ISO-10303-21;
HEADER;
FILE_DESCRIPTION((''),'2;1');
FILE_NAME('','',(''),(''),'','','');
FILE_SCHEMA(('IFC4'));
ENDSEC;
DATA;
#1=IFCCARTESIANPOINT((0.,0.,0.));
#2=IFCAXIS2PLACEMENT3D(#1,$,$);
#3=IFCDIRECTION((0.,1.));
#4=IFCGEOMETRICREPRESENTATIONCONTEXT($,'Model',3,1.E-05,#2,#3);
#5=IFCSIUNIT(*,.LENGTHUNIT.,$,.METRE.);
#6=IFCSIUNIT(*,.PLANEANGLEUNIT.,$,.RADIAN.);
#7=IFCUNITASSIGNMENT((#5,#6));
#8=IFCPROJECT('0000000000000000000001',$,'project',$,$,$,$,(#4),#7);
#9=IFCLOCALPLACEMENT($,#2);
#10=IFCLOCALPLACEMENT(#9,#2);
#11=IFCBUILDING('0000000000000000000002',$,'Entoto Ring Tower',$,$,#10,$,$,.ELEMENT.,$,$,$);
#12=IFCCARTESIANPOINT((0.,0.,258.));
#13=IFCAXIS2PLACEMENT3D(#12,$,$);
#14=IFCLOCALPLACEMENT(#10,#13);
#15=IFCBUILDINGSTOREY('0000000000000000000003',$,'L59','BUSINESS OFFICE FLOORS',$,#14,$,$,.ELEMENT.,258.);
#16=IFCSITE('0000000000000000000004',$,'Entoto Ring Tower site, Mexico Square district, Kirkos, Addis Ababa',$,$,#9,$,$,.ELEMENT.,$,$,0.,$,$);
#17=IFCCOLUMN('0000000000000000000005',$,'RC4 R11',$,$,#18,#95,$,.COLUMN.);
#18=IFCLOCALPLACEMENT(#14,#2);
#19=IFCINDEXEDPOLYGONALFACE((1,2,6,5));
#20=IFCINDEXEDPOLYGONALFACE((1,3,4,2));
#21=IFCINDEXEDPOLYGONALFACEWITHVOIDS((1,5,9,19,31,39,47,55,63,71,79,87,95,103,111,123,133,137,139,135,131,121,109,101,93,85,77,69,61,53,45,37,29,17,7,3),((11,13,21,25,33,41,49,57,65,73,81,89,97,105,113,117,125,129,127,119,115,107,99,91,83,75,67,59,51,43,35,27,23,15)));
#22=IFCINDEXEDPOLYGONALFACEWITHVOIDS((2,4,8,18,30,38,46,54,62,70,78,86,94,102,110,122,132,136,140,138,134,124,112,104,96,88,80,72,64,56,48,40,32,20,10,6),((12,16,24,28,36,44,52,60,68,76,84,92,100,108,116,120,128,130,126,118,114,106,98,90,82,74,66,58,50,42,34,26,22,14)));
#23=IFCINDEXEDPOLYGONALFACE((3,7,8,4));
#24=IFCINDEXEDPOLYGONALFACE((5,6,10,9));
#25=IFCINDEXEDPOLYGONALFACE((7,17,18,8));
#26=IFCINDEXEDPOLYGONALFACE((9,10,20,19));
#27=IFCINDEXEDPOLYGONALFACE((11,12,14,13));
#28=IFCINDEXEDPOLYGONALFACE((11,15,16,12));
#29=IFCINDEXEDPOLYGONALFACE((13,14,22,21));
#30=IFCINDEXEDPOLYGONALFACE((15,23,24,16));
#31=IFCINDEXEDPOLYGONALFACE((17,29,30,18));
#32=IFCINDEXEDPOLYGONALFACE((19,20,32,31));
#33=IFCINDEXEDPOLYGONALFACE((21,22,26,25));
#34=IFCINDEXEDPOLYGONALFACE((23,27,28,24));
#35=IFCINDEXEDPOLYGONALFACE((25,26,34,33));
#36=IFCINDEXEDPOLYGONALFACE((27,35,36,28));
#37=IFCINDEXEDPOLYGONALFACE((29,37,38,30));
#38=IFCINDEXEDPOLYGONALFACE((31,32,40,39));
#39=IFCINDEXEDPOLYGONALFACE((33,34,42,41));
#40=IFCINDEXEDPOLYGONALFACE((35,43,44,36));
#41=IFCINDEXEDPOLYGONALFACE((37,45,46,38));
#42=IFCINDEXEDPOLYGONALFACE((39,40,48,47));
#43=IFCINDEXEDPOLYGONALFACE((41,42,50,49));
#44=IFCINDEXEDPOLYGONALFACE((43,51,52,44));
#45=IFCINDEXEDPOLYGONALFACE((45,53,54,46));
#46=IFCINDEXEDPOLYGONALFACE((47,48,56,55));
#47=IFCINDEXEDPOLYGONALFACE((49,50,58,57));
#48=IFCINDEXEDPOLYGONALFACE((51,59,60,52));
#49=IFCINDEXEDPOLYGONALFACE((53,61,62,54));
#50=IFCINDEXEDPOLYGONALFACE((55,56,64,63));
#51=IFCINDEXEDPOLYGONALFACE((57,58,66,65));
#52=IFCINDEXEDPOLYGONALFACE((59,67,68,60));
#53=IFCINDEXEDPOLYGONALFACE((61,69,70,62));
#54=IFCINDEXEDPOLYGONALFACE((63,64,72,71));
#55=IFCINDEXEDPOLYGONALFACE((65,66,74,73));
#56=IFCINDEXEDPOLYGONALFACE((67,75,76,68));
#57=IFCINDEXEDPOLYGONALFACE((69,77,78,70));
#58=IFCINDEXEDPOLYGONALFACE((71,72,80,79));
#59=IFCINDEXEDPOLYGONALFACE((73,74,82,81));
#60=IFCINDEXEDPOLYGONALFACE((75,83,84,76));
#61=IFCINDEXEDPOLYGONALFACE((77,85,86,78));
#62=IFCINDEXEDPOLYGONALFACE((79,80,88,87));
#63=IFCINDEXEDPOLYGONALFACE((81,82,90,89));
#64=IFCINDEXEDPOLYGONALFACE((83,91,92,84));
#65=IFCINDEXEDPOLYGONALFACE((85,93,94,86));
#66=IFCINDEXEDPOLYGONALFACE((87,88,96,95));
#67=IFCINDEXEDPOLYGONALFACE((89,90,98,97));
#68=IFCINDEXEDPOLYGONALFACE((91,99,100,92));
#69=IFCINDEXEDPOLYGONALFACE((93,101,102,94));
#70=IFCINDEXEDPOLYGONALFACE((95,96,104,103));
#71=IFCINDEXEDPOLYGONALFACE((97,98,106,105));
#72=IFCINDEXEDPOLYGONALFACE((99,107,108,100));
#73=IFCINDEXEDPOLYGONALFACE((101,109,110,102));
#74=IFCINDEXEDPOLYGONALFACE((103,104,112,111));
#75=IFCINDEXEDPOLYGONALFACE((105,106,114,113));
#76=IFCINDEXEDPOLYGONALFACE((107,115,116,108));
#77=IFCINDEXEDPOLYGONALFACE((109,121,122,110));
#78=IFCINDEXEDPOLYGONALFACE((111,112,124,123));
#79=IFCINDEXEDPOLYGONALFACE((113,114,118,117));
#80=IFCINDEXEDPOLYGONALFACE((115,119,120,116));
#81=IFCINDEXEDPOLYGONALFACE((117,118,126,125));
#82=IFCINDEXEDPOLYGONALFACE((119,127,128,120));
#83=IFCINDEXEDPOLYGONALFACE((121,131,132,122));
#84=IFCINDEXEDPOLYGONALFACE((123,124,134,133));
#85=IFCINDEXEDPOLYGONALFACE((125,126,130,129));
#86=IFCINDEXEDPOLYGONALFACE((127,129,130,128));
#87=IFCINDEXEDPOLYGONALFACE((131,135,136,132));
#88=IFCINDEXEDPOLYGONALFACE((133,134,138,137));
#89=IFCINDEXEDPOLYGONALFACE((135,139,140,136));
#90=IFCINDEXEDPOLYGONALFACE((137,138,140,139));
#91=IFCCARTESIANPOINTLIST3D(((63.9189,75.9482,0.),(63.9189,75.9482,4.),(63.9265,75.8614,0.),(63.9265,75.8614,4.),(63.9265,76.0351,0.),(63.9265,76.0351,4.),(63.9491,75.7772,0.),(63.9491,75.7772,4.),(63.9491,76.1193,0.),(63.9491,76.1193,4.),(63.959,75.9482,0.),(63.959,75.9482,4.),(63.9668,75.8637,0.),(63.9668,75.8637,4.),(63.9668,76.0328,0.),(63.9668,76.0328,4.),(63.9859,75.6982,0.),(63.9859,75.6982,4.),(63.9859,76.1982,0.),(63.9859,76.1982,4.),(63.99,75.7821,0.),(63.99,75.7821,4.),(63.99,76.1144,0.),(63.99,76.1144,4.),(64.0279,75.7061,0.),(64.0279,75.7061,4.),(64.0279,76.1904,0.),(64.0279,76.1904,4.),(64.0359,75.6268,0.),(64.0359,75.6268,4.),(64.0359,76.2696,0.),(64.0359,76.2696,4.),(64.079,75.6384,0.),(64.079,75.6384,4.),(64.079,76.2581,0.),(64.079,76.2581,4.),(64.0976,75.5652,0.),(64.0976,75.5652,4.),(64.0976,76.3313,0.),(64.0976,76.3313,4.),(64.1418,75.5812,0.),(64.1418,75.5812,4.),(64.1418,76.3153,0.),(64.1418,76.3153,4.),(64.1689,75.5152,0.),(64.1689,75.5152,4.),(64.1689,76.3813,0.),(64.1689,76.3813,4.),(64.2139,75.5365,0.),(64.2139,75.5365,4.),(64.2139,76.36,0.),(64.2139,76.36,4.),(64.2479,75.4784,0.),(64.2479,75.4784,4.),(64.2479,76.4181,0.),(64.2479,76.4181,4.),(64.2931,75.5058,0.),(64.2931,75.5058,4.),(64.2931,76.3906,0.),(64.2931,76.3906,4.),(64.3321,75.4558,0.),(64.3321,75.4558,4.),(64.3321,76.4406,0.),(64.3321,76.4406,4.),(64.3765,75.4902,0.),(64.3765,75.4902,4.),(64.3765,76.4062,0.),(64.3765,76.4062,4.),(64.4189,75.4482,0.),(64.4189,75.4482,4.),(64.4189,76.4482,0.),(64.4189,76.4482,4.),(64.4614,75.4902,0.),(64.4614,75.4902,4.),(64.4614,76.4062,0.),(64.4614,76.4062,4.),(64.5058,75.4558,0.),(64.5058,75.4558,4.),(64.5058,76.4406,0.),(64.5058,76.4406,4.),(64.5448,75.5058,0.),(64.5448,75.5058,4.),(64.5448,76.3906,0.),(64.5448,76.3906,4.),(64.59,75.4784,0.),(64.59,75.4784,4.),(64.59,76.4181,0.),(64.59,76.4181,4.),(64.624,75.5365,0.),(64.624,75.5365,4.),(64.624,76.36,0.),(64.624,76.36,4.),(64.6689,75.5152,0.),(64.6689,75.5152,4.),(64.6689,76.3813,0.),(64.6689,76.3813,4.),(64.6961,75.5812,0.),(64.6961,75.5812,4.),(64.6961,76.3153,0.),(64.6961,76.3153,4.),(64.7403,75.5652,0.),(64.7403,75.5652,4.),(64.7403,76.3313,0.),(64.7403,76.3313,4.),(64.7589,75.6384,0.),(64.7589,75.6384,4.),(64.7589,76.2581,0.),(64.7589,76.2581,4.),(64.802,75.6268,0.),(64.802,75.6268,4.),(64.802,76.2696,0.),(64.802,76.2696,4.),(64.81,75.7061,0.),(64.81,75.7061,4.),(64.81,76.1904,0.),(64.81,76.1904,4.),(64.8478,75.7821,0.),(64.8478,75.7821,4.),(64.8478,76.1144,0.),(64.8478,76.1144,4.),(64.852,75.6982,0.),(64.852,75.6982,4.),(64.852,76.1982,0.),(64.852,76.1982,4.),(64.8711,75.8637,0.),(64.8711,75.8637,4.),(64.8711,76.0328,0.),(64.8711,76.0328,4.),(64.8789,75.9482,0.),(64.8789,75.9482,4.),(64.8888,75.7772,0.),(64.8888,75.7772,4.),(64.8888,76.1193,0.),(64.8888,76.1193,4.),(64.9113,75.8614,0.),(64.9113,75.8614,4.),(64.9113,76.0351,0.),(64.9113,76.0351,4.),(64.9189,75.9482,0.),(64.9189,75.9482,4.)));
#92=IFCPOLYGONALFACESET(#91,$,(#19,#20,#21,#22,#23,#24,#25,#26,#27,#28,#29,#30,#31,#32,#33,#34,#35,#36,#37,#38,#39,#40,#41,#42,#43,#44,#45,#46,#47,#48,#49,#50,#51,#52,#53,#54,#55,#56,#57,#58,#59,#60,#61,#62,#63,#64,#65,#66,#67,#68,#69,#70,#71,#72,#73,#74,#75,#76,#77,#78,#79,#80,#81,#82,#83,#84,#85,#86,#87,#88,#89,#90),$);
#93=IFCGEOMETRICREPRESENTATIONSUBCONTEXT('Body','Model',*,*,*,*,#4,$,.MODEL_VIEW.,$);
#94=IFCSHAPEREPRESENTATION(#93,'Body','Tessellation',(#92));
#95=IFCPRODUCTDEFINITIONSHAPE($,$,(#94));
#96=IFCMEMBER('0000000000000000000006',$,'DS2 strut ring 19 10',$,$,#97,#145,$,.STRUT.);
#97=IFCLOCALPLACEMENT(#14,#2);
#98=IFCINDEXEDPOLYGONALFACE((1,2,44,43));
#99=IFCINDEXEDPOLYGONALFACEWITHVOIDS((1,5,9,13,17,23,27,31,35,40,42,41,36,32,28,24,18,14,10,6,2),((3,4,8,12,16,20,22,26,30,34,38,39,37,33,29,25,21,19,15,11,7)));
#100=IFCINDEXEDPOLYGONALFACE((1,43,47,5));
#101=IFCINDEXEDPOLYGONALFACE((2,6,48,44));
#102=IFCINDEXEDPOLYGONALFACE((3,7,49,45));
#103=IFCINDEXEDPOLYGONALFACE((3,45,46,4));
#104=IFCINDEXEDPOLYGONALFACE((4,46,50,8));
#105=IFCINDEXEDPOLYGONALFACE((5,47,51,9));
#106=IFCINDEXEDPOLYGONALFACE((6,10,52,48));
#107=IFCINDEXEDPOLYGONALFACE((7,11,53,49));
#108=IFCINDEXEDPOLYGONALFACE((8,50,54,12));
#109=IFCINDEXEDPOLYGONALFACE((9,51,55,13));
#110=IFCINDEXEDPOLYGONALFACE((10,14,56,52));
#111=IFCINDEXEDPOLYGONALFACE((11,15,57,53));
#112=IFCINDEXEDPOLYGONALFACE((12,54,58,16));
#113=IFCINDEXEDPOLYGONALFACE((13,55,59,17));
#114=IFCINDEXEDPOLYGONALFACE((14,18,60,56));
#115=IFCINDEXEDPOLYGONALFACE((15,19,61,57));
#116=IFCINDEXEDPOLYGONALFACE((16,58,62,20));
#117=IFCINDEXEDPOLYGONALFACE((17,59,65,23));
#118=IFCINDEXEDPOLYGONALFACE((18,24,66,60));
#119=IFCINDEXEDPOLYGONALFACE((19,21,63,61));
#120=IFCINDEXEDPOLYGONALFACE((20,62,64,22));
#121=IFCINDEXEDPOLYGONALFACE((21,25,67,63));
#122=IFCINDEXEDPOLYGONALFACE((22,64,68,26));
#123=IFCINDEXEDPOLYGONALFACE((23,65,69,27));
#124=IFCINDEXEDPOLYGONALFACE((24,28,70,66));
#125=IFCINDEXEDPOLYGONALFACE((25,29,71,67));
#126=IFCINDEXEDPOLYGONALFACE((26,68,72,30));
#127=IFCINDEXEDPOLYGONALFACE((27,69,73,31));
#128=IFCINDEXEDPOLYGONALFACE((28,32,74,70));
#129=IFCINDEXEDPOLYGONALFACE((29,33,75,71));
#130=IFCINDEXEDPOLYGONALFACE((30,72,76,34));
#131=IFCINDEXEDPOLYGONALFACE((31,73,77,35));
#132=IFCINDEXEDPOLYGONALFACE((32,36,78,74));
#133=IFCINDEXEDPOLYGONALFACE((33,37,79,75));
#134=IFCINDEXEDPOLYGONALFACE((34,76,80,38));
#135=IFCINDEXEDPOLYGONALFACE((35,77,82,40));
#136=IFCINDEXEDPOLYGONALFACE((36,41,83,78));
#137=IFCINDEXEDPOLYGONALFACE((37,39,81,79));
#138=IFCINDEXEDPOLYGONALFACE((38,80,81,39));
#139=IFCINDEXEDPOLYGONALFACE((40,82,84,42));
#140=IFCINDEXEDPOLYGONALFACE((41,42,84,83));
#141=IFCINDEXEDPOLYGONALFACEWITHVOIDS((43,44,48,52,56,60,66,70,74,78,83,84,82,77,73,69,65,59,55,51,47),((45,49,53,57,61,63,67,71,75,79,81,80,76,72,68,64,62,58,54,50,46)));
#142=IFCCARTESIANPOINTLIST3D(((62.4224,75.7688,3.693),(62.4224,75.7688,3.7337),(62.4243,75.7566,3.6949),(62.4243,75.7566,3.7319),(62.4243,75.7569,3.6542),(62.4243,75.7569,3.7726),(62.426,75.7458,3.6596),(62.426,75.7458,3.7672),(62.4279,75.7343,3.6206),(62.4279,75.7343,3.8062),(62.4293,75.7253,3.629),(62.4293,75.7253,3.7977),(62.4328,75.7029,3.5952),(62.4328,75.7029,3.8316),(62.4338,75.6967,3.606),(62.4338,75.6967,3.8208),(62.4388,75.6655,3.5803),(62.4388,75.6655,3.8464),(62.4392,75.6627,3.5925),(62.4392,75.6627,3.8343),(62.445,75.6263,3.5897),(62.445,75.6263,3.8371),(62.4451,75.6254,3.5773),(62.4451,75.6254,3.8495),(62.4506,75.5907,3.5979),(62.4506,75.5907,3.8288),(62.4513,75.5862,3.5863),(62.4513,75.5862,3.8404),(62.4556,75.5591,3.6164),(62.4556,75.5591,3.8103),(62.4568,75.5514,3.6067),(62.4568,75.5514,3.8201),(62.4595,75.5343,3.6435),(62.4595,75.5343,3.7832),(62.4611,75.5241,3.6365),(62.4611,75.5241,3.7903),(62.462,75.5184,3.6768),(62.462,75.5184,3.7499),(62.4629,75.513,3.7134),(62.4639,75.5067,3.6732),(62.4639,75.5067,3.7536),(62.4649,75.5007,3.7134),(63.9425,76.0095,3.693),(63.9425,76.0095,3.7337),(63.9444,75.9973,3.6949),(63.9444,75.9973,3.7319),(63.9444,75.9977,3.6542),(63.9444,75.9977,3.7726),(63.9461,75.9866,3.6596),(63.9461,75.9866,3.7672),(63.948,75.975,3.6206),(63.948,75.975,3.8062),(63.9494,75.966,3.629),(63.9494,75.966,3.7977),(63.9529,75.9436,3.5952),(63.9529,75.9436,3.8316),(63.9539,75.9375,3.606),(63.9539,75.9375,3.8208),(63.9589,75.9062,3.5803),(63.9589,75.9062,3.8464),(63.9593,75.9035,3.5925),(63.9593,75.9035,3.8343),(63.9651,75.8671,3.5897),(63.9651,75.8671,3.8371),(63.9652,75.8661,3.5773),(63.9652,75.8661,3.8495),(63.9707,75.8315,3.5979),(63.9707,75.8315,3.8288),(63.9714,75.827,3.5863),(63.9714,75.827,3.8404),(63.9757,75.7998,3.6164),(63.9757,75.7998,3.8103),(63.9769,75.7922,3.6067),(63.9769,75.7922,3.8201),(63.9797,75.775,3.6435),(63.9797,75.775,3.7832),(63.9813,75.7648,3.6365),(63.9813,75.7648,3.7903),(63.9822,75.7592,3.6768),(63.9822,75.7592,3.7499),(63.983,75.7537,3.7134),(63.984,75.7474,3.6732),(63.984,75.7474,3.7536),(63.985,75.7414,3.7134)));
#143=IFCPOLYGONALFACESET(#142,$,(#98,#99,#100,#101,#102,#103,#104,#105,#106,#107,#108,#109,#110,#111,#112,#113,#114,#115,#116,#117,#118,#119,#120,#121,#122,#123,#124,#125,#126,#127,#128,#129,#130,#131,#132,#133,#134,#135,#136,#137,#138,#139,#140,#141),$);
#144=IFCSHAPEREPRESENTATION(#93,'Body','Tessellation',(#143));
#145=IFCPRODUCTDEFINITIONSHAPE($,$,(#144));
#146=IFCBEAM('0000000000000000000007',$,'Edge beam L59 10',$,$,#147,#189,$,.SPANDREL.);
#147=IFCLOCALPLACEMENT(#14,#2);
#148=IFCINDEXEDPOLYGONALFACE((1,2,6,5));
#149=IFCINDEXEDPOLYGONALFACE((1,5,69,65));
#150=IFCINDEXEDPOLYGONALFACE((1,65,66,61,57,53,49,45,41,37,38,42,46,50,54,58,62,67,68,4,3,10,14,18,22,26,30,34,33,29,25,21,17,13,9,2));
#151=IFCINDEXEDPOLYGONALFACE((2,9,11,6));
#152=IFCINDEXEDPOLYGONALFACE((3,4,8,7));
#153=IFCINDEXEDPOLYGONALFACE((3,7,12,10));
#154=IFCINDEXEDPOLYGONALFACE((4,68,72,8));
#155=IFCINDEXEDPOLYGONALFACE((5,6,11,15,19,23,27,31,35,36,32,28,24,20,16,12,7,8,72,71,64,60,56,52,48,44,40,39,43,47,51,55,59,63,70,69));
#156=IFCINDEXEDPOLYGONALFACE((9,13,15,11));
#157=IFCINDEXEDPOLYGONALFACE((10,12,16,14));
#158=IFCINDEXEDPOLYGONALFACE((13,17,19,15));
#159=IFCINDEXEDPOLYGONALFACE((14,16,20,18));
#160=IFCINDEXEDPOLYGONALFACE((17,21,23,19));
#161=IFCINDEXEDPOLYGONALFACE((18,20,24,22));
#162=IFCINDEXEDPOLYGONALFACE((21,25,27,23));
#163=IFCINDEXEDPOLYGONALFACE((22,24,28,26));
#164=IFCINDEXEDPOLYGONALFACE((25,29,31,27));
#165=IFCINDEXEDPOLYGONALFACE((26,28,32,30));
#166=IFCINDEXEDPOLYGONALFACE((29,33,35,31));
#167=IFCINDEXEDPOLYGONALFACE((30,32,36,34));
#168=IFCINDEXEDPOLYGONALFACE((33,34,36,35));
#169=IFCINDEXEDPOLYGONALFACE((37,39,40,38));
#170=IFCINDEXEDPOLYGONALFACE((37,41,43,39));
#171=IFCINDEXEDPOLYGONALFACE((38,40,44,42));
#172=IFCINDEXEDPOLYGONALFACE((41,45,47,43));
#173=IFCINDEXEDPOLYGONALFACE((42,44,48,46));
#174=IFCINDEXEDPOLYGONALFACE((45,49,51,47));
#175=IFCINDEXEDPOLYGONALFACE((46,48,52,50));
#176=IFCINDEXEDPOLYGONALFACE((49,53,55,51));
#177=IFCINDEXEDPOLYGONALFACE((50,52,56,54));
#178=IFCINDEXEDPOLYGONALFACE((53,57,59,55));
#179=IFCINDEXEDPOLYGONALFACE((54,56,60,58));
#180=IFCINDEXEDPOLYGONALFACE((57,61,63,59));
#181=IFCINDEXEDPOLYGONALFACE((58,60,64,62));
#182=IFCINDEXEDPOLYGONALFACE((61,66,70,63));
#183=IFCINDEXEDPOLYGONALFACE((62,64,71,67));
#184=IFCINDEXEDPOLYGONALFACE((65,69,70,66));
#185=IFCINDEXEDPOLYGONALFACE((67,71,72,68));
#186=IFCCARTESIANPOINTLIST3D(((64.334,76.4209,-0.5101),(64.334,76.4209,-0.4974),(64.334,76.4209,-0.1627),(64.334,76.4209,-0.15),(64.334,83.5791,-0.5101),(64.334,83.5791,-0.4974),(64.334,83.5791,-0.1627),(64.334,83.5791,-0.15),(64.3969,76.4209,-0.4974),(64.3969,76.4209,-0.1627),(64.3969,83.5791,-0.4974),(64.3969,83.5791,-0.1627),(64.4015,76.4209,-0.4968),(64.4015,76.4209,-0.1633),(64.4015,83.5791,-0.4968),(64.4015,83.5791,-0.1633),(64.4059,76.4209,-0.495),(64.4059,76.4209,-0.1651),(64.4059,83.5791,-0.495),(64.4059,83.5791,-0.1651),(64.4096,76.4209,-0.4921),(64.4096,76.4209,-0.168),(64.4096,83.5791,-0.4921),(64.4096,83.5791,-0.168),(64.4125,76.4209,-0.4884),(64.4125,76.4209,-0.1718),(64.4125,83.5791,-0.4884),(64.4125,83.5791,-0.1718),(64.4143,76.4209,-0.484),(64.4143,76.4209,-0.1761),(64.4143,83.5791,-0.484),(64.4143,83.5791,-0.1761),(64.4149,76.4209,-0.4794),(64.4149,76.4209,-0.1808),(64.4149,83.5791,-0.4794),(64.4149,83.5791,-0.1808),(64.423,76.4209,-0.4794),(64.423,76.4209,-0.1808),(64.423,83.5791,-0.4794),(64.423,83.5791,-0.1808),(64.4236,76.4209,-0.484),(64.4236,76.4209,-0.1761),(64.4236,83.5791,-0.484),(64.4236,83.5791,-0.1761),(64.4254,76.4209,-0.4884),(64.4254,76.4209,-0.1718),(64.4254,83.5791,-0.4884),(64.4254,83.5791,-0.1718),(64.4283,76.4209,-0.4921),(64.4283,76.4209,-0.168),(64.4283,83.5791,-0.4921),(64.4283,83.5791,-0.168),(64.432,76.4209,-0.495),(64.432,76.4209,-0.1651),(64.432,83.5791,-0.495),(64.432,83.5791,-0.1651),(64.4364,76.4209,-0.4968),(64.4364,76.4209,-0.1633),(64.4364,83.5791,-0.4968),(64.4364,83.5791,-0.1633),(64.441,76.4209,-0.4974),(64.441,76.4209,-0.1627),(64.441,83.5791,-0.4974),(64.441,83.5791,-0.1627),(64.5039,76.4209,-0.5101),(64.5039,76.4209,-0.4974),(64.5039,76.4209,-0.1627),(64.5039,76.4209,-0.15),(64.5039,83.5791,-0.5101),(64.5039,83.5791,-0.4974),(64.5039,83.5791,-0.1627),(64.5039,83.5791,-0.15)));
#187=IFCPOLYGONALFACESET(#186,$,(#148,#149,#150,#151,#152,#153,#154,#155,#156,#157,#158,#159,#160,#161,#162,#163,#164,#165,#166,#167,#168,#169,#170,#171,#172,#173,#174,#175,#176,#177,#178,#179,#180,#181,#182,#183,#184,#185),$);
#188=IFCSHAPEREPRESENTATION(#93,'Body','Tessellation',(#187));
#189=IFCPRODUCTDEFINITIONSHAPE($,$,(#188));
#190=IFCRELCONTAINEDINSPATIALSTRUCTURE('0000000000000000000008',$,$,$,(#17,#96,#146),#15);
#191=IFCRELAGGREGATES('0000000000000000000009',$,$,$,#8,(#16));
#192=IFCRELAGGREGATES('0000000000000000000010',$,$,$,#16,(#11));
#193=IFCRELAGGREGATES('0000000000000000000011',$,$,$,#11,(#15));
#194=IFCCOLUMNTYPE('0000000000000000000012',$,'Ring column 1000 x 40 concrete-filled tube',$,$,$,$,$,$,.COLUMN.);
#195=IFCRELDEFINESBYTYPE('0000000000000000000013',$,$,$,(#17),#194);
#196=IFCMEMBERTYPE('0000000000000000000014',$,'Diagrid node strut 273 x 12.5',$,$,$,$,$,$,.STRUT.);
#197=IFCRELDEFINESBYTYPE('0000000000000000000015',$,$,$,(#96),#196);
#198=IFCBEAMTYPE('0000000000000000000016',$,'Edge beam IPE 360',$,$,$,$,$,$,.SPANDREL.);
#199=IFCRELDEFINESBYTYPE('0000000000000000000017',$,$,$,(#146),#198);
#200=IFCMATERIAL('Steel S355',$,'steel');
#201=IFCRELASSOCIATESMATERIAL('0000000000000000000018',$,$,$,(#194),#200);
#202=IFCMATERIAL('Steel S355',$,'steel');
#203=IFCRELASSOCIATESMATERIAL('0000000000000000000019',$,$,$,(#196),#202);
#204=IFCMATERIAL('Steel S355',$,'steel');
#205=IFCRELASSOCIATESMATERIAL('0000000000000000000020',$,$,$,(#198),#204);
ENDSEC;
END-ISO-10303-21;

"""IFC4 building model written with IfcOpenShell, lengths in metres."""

from ifc_helpers import new_model, si_unit, direction, frame, origin, origin_2d, place, context, subcontext, project, spatial, circle, hollow_circle, i_section, extrude, material, material_profile, profile_set, type_object, element, save


model = new_model("IFC4")

# Units and contexts
model_context = context("Model", 3, precision=1e-05, world=origin(), true_north=direction((0.0, 1.0)))
body_context = subcontext(model_context, "Body", "Model", "MODEL_VIEW")
ifc_project = project(units=[si_unit("LENGTHUNIT", "METRE"), si_unit("PLANEANGLEUNIT", "RADIAN")], contexts=[model_context])

# Site, building, storey
site_placement = place(None, origin())
site = spatial("IfcSite", under=ifc_project, at=site_placement, Name="Entoto Ring Tower site, Mexico Square district, Kirkos, Addis Ababa", CompositionType="ELEMENT", RefElevation=0.0)
building_placement = place(site_placement, origin())
building = spatial("IfcBuilding", under=site, at=building_placement, Name="Entoto Ring Tower", CompositionType="ELEMENT")
storey_placement = place(building_placement, frame((0.0, 0.0, 258.0)))
storey = spatial("IfcBuildingStorey", under=building, at=storey_placement, Name="L59", Description="BUSINESS OFFICE FLOORS", CompositionType="ELEMENT", Elevation=258.0)

# Column
ifc_material_1 = material(Name="Steel S355", Category="steel")
ifc_material_profile_1 = material_profile(ifc_material_1, hollow_circle(Radius=0.5, WallThickness=0.04, at=origin_2d()), Name="CHS 1000 x 40")
ifc_material_2 = material(Name="Concrete C60/75", Category="concrete")
ifc_material_profile_2 = material_profile(ifc_material_2, circle(Radius=0.46, at=origin_2d()), Name="Concrete C60/75 infill")
ifc_profile_set_1 = profile_set([ifc_material_profile_1, ifc_material_profile_2], Name="Steel S355")
column_type = type_object("IfcColumnType", Name="Ring column 1000 x 40 concrete-filled tube", PredefinedType="COLUMN", material=ifc_profile_set_1)
column_placement = place(storey_placement, frame((64.4189, 75.9482, 0.0), z_axis=(0.0, 0.0, 1.0), x_axis=(1.0, 0.0, 0.0)))
element("IfcColumn", 1, at=column_placement, inside=storey, type_object=column_type, Name="RC4 R11", PredefinedType="COLUMN", context=body_context, shape_type="SweptSolid", body=[
    extrude(hollow_circle(Radius=0.5, WallThickness=0.04, at=origin_2d()), origin(), (0.0, 0.0, 1.0), 4.0),
])

# Member
ifc_material_3 = material(Name="Steel S355", Category="steel")
ifc_material_profile_3 = material_profile(ifc_material_3, hollow_circle(Radius=0.1365, WallThickness=0.0125, at=origin_2d()), Name="CHS 273 x 12.5")
ifc_material_4 = material(Name="Concrete C60/75", Category="concrete")
ifc_material_profile_4 = material_profile(ifc_material_4, circle(Radius=0.124, at=origin_2d()), Name="Concrete C60/75 infill")
ifc_profile_set_2 = profile_set([ifc_material_profile_3, ifc_material_profile_4], Name="Steel S355")
member_type = type_object("IfcMemberType", Name="Diagrid node strut 273 x 12.5", PredefinedType="STRUT", material=ifc_profile_set_2)
member_placement = place(storey_placement, frame((63.9636, 75.8762, 3.7134), z_axis=(-0.987691, -0.156419, 0.0), x_axis=(0.156419, -0.987691, 0.0)))
element("IfcMember", 2, at=member_placement, inside=storey, type_object=member_type, Name="DS2 strut ring 19 10", PredefinedType="STRUT", context=body_context, shape_type="SweptSolid", body=[
    extrude(hollow_circle(Radius=0.1365, WallThickness=0.0125, at=origin_2d()), origin(), (0.0, 0.0, 1.0), 1.5391),
])

# Beam
ifc_material_5 = material(Name="Steel S355", Category="steel")
ifc_material_profile_5 = material_profile(ifc_material_5, i_section(OverallWidth=0.1699, OverallDepth=0.3601, WebThickness=0.0081, FlangeThickness=0.0127, FilletRadius=0.0181, at=origin_2d()), Name="IPE 360")
ifc_profile_set_3 = profile_set([ifc_material_profile_5], Name="Steel S355")
beam_type_1 = type_object("IfcBeamType", Name="Edge beam IPE 360", PredefinedType="SPANDREL", material=ifc_profile_set_3)
beam_1_placement = place(storey_placement, frame((64.4189, 83.5791, -0.3301), z_axis=(0.0, -1.0, 0.0), x_axis=(1.0, 0.0, 0.0)))
element("IfcBeam", 3, at=beam_1_placement, inside=storey, type_object=beam_type_1, Name="Edge beam L59 10", PredefinedType="SPANDREL", context=body_context, shape_type="SweptSolid", body=[
    extrude(i_section(OverallWidth=0.1699, OverallDepth=0.3601, WebThickness=0.0081, FlangeThickness=0.0127, FilletRadius=0.0181, at=origin_2d()), origin(), (0.0, 0.0, 1.0), 7.1582),
])

save(model, "model.ifc")
